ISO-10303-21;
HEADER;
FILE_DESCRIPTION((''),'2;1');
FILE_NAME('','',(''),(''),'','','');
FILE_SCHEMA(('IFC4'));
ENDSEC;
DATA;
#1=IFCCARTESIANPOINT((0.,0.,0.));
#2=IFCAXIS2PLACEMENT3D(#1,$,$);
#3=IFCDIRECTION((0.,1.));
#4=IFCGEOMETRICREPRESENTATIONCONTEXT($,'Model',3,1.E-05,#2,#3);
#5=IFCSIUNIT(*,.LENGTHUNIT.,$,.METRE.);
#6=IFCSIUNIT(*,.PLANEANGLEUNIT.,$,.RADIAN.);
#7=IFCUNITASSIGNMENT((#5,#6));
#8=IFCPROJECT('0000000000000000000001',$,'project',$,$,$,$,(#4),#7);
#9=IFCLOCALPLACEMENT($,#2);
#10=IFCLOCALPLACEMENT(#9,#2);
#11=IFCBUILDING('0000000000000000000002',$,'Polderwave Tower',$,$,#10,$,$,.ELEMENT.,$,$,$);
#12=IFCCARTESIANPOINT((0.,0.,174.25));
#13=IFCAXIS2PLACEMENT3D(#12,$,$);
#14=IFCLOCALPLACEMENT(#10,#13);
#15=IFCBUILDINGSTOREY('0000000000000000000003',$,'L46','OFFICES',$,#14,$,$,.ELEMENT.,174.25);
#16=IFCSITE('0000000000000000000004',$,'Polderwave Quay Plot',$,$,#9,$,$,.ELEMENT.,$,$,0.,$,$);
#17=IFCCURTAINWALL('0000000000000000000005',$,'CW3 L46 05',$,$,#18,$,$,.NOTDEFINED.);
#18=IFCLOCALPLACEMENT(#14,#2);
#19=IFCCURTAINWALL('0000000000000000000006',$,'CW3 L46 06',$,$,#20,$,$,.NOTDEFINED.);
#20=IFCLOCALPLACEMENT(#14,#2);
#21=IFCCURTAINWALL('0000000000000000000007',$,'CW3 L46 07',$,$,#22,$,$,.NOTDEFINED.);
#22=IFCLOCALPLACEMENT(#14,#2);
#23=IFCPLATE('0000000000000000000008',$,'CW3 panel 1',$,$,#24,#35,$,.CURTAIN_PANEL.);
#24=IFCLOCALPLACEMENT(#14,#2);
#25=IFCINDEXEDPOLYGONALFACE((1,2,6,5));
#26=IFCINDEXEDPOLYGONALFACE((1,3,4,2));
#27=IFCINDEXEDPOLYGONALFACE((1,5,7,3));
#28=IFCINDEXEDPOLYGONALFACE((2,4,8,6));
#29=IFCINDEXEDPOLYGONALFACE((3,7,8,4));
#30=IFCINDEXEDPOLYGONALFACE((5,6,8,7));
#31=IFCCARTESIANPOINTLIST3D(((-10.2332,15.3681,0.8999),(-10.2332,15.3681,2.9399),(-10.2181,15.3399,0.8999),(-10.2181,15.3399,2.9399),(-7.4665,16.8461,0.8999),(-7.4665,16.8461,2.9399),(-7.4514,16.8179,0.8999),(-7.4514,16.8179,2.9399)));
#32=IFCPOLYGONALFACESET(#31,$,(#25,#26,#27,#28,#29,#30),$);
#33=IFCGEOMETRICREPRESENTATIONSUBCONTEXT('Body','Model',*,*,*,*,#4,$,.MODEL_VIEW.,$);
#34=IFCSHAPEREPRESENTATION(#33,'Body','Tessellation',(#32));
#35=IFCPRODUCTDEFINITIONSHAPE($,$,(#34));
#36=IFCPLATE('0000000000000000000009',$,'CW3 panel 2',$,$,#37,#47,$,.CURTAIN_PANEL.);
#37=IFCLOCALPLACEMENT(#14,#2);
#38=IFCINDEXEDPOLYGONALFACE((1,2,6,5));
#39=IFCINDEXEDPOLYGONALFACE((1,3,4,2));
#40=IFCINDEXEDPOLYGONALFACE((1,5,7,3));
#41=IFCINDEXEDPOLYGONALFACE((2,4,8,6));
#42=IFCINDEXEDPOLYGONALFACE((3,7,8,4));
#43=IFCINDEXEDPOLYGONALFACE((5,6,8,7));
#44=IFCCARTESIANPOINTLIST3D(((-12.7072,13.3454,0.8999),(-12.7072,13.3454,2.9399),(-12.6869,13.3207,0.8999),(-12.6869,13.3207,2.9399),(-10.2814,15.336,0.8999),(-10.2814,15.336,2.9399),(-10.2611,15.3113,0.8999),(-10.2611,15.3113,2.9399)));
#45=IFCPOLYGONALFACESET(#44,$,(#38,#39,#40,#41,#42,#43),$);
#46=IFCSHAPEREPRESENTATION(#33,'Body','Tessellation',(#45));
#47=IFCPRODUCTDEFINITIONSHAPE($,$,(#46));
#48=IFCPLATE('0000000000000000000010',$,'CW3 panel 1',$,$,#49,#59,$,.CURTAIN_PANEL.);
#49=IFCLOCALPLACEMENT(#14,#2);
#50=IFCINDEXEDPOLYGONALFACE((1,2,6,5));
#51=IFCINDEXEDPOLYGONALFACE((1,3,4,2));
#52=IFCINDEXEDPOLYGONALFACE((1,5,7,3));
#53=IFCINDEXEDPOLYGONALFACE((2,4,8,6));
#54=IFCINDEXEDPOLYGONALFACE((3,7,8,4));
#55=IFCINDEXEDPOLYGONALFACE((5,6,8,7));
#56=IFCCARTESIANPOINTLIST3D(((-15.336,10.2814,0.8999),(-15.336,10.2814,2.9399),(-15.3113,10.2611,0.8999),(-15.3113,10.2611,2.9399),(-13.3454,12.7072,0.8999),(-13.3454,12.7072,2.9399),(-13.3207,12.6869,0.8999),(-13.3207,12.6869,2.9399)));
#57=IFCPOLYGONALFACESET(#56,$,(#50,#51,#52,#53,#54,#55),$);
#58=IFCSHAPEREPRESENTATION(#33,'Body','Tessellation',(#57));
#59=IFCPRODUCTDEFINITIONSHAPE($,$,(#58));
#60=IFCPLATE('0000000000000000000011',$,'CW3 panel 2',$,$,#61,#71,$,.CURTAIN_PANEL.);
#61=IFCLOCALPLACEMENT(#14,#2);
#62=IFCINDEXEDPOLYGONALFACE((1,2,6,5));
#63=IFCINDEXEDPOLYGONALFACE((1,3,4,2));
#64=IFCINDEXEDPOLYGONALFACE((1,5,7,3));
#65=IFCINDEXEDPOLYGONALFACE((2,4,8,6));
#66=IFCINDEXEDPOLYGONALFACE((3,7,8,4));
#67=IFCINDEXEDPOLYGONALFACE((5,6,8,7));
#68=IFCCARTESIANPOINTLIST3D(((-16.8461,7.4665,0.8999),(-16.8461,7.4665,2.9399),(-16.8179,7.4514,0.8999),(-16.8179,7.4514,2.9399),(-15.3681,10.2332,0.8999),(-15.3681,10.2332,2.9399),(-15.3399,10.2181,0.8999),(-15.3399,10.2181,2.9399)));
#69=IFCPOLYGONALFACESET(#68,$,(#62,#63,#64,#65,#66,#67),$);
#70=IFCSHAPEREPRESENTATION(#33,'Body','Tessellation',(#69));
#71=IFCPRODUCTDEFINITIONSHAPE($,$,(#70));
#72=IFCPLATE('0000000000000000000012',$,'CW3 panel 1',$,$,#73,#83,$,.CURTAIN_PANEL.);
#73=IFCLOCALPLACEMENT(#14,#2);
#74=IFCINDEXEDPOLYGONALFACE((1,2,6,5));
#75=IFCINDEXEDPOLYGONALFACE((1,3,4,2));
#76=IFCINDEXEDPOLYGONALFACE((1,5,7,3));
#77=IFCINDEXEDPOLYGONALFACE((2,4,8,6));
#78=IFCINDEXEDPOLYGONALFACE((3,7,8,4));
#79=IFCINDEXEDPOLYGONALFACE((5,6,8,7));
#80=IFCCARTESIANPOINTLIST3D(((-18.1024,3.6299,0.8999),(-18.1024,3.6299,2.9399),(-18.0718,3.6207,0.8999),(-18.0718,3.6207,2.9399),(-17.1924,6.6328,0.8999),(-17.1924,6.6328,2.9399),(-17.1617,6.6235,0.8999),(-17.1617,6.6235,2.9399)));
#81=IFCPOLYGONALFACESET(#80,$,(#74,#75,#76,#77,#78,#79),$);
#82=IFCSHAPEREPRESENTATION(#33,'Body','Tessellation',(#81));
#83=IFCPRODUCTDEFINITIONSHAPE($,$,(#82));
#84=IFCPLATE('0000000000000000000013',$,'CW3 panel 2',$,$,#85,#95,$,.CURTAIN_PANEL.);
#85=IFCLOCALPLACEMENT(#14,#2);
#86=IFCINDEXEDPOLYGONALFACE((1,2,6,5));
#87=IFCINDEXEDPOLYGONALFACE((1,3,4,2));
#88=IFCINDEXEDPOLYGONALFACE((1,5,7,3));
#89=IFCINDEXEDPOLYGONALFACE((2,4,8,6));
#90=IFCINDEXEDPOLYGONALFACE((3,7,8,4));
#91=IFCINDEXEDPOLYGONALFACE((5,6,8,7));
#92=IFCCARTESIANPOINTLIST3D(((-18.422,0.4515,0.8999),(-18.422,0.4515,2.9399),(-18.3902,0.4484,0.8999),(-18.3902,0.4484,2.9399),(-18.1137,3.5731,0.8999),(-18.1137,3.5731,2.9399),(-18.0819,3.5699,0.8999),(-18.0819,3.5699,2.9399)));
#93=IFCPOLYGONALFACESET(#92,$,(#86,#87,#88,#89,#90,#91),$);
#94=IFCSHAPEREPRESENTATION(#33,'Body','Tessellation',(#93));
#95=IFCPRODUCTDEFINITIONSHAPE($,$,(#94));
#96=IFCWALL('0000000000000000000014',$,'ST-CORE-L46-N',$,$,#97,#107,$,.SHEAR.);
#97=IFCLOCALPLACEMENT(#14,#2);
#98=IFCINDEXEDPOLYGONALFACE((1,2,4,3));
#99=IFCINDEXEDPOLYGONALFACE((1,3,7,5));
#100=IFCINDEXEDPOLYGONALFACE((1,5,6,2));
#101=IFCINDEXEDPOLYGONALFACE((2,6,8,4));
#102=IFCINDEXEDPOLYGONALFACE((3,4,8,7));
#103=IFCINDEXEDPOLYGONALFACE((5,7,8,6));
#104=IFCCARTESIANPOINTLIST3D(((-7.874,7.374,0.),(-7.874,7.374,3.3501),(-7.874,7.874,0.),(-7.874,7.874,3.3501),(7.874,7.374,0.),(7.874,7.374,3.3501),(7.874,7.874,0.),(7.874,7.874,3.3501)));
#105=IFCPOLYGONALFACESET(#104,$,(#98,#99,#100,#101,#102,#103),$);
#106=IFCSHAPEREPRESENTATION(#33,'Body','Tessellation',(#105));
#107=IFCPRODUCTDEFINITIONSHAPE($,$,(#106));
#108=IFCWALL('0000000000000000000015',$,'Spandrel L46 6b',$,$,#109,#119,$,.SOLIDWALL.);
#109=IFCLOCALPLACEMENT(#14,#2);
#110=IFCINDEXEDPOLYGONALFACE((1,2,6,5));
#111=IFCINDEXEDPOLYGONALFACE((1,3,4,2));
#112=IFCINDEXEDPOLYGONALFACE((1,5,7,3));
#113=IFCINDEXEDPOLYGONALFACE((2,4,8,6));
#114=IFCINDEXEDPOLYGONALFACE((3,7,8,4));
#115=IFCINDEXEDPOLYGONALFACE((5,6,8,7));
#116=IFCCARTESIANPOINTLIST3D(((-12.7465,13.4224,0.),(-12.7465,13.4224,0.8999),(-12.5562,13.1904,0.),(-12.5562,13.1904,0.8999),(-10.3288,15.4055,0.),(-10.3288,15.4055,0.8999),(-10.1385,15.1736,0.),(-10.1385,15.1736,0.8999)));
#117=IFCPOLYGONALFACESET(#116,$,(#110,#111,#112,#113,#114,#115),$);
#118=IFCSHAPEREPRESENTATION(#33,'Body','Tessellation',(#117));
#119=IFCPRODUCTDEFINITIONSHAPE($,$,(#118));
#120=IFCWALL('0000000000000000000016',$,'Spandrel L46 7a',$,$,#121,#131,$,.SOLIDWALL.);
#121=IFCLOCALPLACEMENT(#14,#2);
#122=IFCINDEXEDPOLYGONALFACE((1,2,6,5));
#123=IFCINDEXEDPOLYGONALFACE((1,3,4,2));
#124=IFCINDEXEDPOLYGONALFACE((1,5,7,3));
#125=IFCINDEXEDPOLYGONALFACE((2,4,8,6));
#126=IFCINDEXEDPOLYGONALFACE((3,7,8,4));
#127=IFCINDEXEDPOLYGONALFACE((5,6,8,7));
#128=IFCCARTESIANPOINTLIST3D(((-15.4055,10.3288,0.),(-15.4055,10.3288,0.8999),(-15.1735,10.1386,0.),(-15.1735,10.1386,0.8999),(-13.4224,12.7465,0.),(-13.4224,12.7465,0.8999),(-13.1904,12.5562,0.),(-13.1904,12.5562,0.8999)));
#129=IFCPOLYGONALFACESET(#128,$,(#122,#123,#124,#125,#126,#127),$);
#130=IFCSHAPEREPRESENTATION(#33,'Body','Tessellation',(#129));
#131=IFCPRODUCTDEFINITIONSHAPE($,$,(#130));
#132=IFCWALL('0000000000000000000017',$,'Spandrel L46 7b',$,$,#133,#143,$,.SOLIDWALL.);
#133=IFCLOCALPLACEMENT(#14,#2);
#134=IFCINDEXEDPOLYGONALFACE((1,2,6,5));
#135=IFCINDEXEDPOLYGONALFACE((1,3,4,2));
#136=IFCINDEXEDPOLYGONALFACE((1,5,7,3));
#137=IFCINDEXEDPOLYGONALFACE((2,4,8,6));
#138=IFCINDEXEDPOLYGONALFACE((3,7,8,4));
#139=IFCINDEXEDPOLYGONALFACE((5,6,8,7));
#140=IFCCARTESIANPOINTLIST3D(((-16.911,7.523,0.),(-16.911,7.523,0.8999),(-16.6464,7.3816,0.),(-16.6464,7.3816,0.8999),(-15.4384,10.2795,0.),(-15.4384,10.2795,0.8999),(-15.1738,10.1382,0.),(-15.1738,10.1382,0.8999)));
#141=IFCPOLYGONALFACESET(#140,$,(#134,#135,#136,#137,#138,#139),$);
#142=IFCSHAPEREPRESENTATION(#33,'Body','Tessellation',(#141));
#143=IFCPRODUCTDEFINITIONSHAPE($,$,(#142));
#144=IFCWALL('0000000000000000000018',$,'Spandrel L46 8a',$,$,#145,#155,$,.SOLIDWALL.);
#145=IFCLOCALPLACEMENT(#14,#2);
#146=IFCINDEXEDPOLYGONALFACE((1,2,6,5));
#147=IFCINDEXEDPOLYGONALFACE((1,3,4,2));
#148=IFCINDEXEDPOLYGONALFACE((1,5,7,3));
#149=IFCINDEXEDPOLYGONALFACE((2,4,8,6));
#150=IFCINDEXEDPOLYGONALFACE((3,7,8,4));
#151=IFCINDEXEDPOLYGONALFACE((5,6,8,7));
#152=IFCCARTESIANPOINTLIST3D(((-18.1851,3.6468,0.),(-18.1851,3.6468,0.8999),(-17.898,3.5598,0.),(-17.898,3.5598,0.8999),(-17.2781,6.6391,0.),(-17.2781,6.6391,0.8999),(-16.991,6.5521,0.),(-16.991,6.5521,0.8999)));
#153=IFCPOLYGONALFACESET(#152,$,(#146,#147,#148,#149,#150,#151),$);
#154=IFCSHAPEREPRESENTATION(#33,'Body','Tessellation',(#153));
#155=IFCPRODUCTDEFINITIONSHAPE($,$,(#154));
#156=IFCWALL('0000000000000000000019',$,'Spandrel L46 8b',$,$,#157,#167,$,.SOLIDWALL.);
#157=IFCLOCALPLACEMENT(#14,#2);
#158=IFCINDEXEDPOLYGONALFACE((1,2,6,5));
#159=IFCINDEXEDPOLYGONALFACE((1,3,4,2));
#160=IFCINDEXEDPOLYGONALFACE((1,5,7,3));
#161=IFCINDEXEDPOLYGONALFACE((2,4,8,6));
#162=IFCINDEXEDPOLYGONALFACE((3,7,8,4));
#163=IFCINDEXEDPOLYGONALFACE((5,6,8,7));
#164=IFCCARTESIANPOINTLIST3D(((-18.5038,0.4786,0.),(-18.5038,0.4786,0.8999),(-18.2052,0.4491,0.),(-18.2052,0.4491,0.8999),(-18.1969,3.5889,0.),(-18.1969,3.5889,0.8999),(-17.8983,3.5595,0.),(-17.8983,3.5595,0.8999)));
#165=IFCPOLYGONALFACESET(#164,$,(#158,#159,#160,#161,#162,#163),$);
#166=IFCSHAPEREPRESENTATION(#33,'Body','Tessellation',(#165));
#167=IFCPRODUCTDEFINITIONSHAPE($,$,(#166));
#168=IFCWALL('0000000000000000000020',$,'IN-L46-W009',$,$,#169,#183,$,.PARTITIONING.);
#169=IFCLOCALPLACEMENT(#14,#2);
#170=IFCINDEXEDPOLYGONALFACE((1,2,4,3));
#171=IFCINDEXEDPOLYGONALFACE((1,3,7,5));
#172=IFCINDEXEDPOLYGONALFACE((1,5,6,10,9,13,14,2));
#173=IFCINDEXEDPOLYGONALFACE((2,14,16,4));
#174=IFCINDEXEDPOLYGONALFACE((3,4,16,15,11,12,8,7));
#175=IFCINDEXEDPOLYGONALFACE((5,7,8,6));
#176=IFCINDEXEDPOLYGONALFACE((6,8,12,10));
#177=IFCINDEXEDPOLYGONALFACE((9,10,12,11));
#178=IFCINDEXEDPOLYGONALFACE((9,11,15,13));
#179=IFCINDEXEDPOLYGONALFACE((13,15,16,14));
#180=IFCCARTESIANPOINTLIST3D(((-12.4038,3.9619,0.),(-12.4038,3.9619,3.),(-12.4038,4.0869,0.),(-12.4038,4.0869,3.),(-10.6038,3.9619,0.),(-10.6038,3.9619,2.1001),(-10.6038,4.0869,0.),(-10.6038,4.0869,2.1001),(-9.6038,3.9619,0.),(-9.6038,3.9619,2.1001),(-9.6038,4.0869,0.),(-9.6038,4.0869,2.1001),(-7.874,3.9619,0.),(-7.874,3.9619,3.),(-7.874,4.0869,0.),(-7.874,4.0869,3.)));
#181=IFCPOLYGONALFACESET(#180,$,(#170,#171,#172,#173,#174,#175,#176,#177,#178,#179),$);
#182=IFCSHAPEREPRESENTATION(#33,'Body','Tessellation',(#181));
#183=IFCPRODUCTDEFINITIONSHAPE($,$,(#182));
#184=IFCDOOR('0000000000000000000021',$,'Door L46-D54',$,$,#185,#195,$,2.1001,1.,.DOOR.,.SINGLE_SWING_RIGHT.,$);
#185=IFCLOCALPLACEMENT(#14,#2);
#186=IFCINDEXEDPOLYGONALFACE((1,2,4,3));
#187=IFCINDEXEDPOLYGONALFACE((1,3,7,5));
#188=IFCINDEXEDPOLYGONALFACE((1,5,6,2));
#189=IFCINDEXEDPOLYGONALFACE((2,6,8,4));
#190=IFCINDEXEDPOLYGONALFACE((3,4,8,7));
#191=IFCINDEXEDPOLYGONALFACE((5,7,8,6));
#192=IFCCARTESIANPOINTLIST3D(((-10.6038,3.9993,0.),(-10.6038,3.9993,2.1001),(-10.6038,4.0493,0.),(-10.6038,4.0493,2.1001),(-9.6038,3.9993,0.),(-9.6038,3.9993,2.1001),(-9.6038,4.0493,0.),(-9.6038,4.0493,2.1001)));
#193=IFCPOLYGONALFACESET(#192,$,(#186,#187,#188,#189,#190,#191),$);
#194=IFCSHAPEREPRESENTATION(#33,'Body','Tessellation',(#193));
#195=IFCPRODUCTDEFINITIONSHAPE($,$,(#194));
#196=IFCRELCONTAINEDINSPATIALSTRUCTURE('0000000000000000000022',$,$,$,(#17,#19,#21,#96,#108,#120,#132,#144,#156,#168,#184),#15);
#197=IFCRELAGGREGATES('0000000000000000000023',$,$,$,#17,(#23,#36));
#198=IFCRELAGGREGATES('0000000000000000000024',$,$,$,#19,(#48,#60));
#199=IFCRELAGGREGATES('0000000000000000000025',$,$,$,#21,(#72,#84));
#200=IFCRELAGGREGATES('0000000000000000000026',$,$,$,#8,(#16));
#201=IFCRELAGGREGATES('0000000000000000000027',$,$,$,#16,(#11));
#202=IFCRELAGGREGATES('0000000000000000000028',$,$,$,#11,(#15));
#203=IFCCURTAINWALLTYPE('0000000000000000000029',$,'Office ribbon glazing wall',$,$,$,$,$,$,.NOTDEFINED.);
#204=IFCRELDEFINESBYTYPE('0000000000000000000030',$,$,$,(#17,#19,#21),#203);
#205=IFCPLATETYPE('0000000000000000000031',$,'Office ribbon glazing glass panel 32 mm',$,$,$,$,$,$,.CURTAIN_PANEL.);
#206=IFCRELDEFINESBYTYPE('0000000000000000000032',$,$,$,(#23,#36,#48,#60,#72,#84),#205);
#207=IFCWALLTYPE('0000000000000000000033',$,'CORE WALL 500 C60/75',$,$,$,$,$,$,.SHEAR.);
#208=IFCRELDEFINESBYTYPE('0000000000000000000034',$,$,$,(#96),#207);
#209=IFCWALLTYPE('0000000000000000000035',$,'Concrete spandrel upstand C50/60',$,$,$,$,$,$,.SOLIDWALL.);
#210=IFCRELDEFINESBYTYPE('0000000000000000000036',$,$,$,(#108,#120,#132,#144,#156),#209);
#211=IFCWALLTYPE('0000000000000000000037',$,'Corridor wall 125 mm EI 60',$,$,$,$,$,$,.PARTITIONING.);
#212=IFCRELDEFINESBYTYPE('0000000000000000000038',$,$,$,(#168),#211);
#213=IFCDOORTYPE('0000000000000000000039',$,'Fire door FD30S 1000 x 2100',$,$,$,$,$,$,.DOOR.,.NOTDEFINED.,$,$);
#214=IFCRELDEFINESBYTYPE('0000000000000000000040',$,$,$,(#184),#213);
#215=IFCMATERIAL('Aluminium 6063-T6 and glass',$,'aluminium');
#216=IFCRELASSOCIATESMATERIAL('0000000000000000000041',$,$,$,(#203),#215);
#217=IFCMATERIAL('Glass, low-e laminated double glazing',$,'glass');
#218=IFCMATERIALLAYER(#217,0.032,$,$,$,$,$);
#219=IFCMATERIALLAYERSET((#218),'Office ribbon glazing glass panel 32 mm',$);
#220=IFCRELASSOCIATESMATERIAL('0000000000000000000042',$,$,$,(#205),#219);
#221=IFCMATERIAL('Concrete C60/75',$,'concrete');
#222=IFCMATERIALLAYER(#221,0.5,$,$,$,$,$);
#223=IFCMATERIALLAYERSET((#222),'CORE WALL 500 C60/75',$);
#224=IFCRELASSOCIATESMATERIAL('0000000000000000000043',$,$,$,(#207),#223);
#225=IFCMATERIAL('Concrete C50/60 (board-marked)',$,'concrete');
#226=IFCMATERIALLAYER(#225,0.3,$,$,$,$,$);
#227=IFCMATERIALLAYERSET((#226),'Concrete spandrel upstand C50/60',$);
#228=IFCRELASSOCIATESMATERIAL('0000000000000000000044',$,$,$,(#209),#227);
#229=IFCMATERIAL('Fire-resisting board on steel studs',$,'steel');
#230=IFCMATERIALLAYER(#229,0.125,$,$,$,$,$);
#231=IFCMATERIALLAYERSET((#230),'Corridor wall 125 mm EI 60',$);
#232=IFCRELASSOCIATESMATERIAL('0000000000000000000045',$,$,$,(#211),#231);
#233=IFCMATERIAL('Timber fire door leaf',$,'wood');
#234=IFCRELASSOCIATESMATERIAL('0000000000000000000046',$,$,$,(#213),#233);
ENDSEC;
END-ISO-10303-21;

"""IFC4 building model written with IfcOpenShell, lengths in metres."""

from ifc_helpers import new_model, si_unit, direction, frame, frame_2d, origin, origin_2d, place, context, subcontext, project, spatial, rectangle, extrude, material, layer, layer_set, type_object, element, fill, aggregate, save


model = new_model("IFC4")

# Units and contexts
model_context = context("Model", 3, precision=1e-05, world=origin(), true_north=direction((0.0, 1.0)))
body_context = subcontext(model_context, "Body", "Model", "MODEL_VIEW")
ifc_project = project(units=[si_unit("LENGTHUNIT", "METRE"), si_unit("PLANEANGLEUNIT", "RADIAN")], contexts=[model_context])

# Site, building, storey
site_placement = place(None, origin())
site = spatial("IfcSite", under=ifc_project, at=site_placement, Name="Polderwave Quay Plot", CompositionType="ELEMENT", RefElevation=0.0)
building_placement = place(site_placement, origin())
building = spatial("IfcBuilding", under=site, at=building_placement, Name="Polderwave Tower", CompositionType="ELEMENT")
storey_placement = place(building_placement, frame((0.0, 0.0, 174.25)))
storey = spatial("IfcBuildingStorey", under=building, at=storey_placement, Name="L46", Description="OFFICES", CompositionType="ELEMENT", Elevation=174.25)

# Shared definitions
ifc_material_1 = material(Name="Concrete C60/75", Category="concrete")

# Curtain walls
ifc_material_2 = material(Name="Aluminium 6063-T6 and glass", Category="aluminium")
curtain_wall_type = type_object("IfcCurtainWallType", Name="Office ribbon glazing wall", PredefinedType="NOTDEFINED", material=ifc_material_2)
curtain_wall_1_placement = place(storey_placement, origin())
curtain_wall_1 = element("IfcCurtainWall", 1, at=curtain_wall_1_placement, inside=storey, type_object=curtain_wall_type, Name="CW3 L46 05", PredefinedType="NOTDEFINED")
curtain_wall_2_placement = place(storey_placement, origin())
curtain_wall_2 = element("IfcCurtainWall", 2, at=curtain_wall_2_placement, inside=storey, type_object=curtain_wall_type, Name="CW3 L46 06", PredefinedType="NOTDEFINED")
curtain_wall_3_placement = place(storey_placement, origin())
curtain_wall_3 = element("IfcCurtainWall", 3, at=curtain_wall_3_placement, inside=storey, type_object=curtain_wall_type, Name="CW3 L46 07", PredefinedType="NOTDEFINED")

# Plates
ifc_material_3 = material(Name="Glass, low-e laminated double glazing", Category="glass")
ifc_layer_1 = layer(ifc_material_3, 0.032)
ifc_layer_set_1 = layer_set([ifc_layer_1], Name="Office ribbon glazing glass panel 32 mm")
plate_type = type_object("IfcPlateType", Name="Office ribbon glazing glass panel 32 mm", PredefinedType="CURTAIN_PANEL", material=ifc_layer_set_1)
plate_1_placement = place(storey_placement, frame((-8.8423, 16.093, 0.8999), z_axis=(0.0, 0.0, 1.0), x_axis=(-0.882029, -0.471195, 0.0)))
plate_1 = element("IfcPlate", 4, at=plate_1_placement, type_object=plate_type, Name="CW3 panel 1", PredefinedType="CURTAIN_PANEL", context=body_context, shape_type="SweptSolid", body=[
    extrude(rectangle(XDim=3.1367, YDim=0.032, at=origin_2d()), origin(), (0.0, 0.0, 1.0), 2.04),
])
plate_2_placement = place(storey_placement, frame((-11.4841, 14.3284, 0.8999), z_axis=(0.0, 0.0, 1.0), x_axis=(-0.773041, -0.634356, 0.0)))
plate_2 = element("IfcPlate", 5, at=plate_2_placement, type_object=plate_type, Name="CW3 panel 2", PredefinedType="CURTAIN_PANEL", context=body_context, shape_type="SweptSolid", body=[
    extrude(rectangle(XDim=3.1379, YDim=0.032, at=origin_2d()), origin(), (0.0, 0.0, 1.0), 2.04),
])
aggregate(curtain_wall_1, [plate_1, plate_2])
plate_3_placement = place(storey_placement, frame((-14.3284, 11.4841, 0.8999), z_axis=(0.0, 0.0, 1.0), x_axis=(-0.634356, -0.773041, 0.0)))
plate_3 = element("IfcPlate", 6, at=plate_3_placement, type_object=plate_type, Name="CW3 panel 1", PredefinedType="CURTAIN_PANEL", context=body_context, shape_type="SweptSolid", body=[
    extrude(rectangle(XDim=3.1379, YDim=0.032, at=origin_2d()), origin(), (0.0, 0.0, 1.0), 2.04),
])
plate_4_placement = place(storey_placement, frame((-16.093, 8.8423, 0.8999), z_axis=(0.0, 0.0, 1.0), x_axis=(-0.471195, -0.882029, 0.0)))
plate_4 = element("IfcPlate", 7, at=plate_4_placement, type_object=plate_type, Name="CW3 panel 2", PredefinedType="CURTAIN_PANEL", context=body_context, shape_type="SweptSolid", body=[
    extrude(rectangle(XDim=3.1367, YDim=0.032, at=origin_2d()), origin(), (0.0, 0.0, 1.0), 2.04),
])
aggregate(curtain_wall_2, [plate_3, plate_4])
plate_5_placement = place(storey_placement, frame((-17.6321, 5.1267, 0.8999), z_axis=(0.0, 0.0, 1.0), x_axis=(-0.290042, -0.957014, 0.0)))
plate_5 = element("IfcPlate", 8, at=plate_5_placement, type_object=plate_type, Name="CW3 panel 1", PredefinedType="CURTAIN_PANEL", context=body_context, shape_type="SweptSolid", body=[
    extrude(rectangle(XDim=3.1377, YDim=0.032, at=origin_2d()), origin(), (0.0, 0.0, 1.0), 2.04),
])
plate_6_placement = place(storey_placement, frame((-18.252, 2.0107, 0.8999), z_axis=(0.0, 0.0, 1.0), x_axis=(-0.098283, -0.995159, 0.0)))
plate_6 = element("IfcPlate", 9, at=plate_6_placement, type_object=plate_type, Name="CW3 panel 2", PredefinedType="CURTAIN_PANEL", context=body_context, shape_type="SweptSolid", body=[
    extrude(rectangle(XDim=3.1367, YDim=0.032, at=origin_2d()), origin(), (0.0, 0.0, 1.0), 2.04),
])
aggregate(curtain_wall_3, [plate_5, plate_6])

# Walls
ifc_layer_2 = layer(ifc_material_1, 0.5)
ifc_layer_set_2 = layer_set([ifc_layer_2], Name="CORE WALL 500 C60/75")
wall_type_1 = type_object("IfcWallType", Name="CORE WALL 500 C60/75", PredefinedType="SHEAR", material=ifc_layer_set_2)
wall_1_placement = place(storey_placement, frame((-7.874, 7.624, 0.0), z_axis=(0.0, 0.0, 1.0), x_axis=(1.0, 0.0, 0.0)))
element("IfcWall", 10, at=wall_1_placement, inside=storey, type_object=wall_type_1, Name="ST-CORE-L46-N", PredefinedType="SHEAR", context=body_context, shape_type="SweptSolid", body=[
    extrude(rectangle(XDim=15.748, YDim=0.5, at=frame_2d((7.874, 0.0))), origin(), (0.0, 0.0, 1.0), 3.3501),
])
ifc_material_4 = material(Name="Concrete C50/60 (board-marked)", Category="concrete")
ifc_layer_3 = layer(ifc_material_4, 0.3)
ifc_layer_set_3 = layer_set([ifc_layer_3], Name="Concrete spandrel upstand C50/60")
wall_type_2 = type_object("IfcWallType", Name="Concrete spandrel upstand C50/60", PredefinedType="SOLIDWALL", material=ifc_layer_set_3)
for number, where, z_axis, x_axis, name in (
    (11, (-10.2336, 15.2896, 0.0), (0.0, 0.0, 1.0), (-0.773171, -0.634198, 0.0), "Spandrel L46 6b"),
    (12, (-13.3064, 12.6514, 0.0), (0.0, 0.0, 1.0), (-0.634198, -0.773171, 0.0), "Spandrel L46 7a"),
):
    element("IfcWall", number, at=place(storey_placement, frame(where, z_axis=z_axis, x_axis=x_axis)), inside=storey, type_object=wall_type_2, Name=name, PredefinedType="SOLIDWALL", context=body_context, shape_type="SweptSolid", body=[
        extrude(rectangle(XDim=3.127, YDim=0.3, at=frame_2d((1.5635, 0.0))), origin(), (0.0, 0.0, 1.0), 0.8999),
    ])
wall_2_placement = place(storey_placement, frame((-15.3062, 10.2087, 0.0), z_axis=(0.0, 0.0, 1.0), x_axis=(-0.471204, -0.882024, 0.0)))
element("IfcWall", 13, at=wall_2_placement, inside=storey, type_object=wall_type_2, Name="Spandrel L46 7b", PredefinedType="SOLIDWALL", context=body_context, shape_type="SweptSolid", body=[
    extrude(rectangle(XDim=3.1252, YDim=0.3, at=frame_2d((1.5625, 0.0))), origin(), (0.0, 0.0, 1.0), 0.8999),
])
wall_3_placement = place(storey_placement, frame((-17.1345, 6.5957, 0.0), z_axis=(0.0, 0.0, 1.0), x_axis=(-0.290083, -0.957001, 0.0)))
element("IfcWall", 14, at=wall_3_placement, inside=storey, type_object=wall_type_2, Name="Spandrel L46 8a", PredefinedType="SOLIDWALL", context=body_context, shape_type="SweptSolid", body=[
    extrude(rectangle(XDim=3.1267, YDim=0.3, at=frame_2d((1.5635, 0.0))), origin(), (0.0, 0.0, 1.0), 0.8999),
])
wall_4_placement = place(storey_placement, frame((-18.0476, 3.5742, 0.0), z_axis=(0.0, 0.0, 1.0), x_axis=(-0.098189, -0.995168, 0.0)))
element("IfcWall", 15, at=wall_4_placement, inside=storey, type_object=wall_type_2, Name="Spandrel L46 8b", PredefinedType="SOLIDWALL", context=body_context, shape_type="SweptSolid", body=[
    extrude(rectangle(XDim=3.1255, YDim=0.3, at=frame_2d((1.5627, 0.0))), origin(), (0.0, 0.0, 1.0), 0.8999),
])

# Wall, opening, door
ifc_material_5 = material(Name="Fire-resisting board on steel studs", Category="steel")
ifc_layer_4 = layer(ifc_material_5, 0.125)
ifc_layer_set_4 = layer_set([ifc_layer_4], Name="Corridor wall 125 mm EI 60")
wall_type_3 = type_object("IfcWallType", Name="Corridor wall 125 mm EI 60", PredefinedType="PARTITIONING", material=ifc_layer_set_4)
wall_5_placement = place(storey_placement, frame((-12.4038, 4.0244, 0.0), z_axis=(0.0, 0.0, 1.0), x_axis=(1.0, 0.0, 0.0)))
wall_5 = element("IfcWall", 16, at=wall_5_placement, inside=storey, type_object=wall_type_3, Name="IN-L46-W009", PredefinedType="PARTITIONING", context=body_context, shape_type="SweptSolid", body=[
    extrude(rectangle(XDim=4.5298, YDim=0.125, at=frame_2d((2.2649, 0.0))), origin(), (0.0, 0.0, 1.0), 3.0),
])
opening_1_placement = place(wall_5_placement, frame((1.8, 0.0, 0.0)))
opening_1 = element("IfcOpeningElement", 17, at=opening_1_placement, cuts=wall_5, PredefinedType="OPENING", context=body_context, shape_type="SweptSolid", body=[
    extrude(rectangle(XDim=1.0, YDim=2.1001, at=frame_2d((0.5, 1.05))), frame((0.0, 0.0725, 0.0), z_axis=(0.0, -1.0, 0.0), x_axis=(1.0, 0.0, 0.0)), (0.0, 0.0, 1.0), 0.145),
])
ifc_material_6 = material(Name="Timber fire door leaf", Category="wood")
door_type_1 = type_object("IfcDoorType", Name="Fire door FD30S 1000 x 2100", OperationType="NOTDEFINED", PredefinedType="DOOR", material=ifc_material_6)
door_1_placement = place(opening_1_placement, origin())
door_1 = element("IfcDoor", 18, at=door_1_placement, inside=storey, type_object=door_type_1, Name="Door L46-D54", OperationType="SINGLE_SWING_RIGHT", OverallHeight=2.1001, OverallWidth=1.0, PredefinedType="DOOR", context=body_context, shape_type="SweptSolid", body=[
    extrude(rectangle(XDim=1.0, YDim=2.1001, at=frame_2d((0.5, 1.05))), frame((0.0, 0.0249, 0.0), z_axis=(0.0, -1.0, 0.0), x_axis=(1.0, 0.0, 0.0)), (0.0, 0.0, 1.0), 0.05),
])
fill(opening_1, door_1)

save(model, "model.ifc")
